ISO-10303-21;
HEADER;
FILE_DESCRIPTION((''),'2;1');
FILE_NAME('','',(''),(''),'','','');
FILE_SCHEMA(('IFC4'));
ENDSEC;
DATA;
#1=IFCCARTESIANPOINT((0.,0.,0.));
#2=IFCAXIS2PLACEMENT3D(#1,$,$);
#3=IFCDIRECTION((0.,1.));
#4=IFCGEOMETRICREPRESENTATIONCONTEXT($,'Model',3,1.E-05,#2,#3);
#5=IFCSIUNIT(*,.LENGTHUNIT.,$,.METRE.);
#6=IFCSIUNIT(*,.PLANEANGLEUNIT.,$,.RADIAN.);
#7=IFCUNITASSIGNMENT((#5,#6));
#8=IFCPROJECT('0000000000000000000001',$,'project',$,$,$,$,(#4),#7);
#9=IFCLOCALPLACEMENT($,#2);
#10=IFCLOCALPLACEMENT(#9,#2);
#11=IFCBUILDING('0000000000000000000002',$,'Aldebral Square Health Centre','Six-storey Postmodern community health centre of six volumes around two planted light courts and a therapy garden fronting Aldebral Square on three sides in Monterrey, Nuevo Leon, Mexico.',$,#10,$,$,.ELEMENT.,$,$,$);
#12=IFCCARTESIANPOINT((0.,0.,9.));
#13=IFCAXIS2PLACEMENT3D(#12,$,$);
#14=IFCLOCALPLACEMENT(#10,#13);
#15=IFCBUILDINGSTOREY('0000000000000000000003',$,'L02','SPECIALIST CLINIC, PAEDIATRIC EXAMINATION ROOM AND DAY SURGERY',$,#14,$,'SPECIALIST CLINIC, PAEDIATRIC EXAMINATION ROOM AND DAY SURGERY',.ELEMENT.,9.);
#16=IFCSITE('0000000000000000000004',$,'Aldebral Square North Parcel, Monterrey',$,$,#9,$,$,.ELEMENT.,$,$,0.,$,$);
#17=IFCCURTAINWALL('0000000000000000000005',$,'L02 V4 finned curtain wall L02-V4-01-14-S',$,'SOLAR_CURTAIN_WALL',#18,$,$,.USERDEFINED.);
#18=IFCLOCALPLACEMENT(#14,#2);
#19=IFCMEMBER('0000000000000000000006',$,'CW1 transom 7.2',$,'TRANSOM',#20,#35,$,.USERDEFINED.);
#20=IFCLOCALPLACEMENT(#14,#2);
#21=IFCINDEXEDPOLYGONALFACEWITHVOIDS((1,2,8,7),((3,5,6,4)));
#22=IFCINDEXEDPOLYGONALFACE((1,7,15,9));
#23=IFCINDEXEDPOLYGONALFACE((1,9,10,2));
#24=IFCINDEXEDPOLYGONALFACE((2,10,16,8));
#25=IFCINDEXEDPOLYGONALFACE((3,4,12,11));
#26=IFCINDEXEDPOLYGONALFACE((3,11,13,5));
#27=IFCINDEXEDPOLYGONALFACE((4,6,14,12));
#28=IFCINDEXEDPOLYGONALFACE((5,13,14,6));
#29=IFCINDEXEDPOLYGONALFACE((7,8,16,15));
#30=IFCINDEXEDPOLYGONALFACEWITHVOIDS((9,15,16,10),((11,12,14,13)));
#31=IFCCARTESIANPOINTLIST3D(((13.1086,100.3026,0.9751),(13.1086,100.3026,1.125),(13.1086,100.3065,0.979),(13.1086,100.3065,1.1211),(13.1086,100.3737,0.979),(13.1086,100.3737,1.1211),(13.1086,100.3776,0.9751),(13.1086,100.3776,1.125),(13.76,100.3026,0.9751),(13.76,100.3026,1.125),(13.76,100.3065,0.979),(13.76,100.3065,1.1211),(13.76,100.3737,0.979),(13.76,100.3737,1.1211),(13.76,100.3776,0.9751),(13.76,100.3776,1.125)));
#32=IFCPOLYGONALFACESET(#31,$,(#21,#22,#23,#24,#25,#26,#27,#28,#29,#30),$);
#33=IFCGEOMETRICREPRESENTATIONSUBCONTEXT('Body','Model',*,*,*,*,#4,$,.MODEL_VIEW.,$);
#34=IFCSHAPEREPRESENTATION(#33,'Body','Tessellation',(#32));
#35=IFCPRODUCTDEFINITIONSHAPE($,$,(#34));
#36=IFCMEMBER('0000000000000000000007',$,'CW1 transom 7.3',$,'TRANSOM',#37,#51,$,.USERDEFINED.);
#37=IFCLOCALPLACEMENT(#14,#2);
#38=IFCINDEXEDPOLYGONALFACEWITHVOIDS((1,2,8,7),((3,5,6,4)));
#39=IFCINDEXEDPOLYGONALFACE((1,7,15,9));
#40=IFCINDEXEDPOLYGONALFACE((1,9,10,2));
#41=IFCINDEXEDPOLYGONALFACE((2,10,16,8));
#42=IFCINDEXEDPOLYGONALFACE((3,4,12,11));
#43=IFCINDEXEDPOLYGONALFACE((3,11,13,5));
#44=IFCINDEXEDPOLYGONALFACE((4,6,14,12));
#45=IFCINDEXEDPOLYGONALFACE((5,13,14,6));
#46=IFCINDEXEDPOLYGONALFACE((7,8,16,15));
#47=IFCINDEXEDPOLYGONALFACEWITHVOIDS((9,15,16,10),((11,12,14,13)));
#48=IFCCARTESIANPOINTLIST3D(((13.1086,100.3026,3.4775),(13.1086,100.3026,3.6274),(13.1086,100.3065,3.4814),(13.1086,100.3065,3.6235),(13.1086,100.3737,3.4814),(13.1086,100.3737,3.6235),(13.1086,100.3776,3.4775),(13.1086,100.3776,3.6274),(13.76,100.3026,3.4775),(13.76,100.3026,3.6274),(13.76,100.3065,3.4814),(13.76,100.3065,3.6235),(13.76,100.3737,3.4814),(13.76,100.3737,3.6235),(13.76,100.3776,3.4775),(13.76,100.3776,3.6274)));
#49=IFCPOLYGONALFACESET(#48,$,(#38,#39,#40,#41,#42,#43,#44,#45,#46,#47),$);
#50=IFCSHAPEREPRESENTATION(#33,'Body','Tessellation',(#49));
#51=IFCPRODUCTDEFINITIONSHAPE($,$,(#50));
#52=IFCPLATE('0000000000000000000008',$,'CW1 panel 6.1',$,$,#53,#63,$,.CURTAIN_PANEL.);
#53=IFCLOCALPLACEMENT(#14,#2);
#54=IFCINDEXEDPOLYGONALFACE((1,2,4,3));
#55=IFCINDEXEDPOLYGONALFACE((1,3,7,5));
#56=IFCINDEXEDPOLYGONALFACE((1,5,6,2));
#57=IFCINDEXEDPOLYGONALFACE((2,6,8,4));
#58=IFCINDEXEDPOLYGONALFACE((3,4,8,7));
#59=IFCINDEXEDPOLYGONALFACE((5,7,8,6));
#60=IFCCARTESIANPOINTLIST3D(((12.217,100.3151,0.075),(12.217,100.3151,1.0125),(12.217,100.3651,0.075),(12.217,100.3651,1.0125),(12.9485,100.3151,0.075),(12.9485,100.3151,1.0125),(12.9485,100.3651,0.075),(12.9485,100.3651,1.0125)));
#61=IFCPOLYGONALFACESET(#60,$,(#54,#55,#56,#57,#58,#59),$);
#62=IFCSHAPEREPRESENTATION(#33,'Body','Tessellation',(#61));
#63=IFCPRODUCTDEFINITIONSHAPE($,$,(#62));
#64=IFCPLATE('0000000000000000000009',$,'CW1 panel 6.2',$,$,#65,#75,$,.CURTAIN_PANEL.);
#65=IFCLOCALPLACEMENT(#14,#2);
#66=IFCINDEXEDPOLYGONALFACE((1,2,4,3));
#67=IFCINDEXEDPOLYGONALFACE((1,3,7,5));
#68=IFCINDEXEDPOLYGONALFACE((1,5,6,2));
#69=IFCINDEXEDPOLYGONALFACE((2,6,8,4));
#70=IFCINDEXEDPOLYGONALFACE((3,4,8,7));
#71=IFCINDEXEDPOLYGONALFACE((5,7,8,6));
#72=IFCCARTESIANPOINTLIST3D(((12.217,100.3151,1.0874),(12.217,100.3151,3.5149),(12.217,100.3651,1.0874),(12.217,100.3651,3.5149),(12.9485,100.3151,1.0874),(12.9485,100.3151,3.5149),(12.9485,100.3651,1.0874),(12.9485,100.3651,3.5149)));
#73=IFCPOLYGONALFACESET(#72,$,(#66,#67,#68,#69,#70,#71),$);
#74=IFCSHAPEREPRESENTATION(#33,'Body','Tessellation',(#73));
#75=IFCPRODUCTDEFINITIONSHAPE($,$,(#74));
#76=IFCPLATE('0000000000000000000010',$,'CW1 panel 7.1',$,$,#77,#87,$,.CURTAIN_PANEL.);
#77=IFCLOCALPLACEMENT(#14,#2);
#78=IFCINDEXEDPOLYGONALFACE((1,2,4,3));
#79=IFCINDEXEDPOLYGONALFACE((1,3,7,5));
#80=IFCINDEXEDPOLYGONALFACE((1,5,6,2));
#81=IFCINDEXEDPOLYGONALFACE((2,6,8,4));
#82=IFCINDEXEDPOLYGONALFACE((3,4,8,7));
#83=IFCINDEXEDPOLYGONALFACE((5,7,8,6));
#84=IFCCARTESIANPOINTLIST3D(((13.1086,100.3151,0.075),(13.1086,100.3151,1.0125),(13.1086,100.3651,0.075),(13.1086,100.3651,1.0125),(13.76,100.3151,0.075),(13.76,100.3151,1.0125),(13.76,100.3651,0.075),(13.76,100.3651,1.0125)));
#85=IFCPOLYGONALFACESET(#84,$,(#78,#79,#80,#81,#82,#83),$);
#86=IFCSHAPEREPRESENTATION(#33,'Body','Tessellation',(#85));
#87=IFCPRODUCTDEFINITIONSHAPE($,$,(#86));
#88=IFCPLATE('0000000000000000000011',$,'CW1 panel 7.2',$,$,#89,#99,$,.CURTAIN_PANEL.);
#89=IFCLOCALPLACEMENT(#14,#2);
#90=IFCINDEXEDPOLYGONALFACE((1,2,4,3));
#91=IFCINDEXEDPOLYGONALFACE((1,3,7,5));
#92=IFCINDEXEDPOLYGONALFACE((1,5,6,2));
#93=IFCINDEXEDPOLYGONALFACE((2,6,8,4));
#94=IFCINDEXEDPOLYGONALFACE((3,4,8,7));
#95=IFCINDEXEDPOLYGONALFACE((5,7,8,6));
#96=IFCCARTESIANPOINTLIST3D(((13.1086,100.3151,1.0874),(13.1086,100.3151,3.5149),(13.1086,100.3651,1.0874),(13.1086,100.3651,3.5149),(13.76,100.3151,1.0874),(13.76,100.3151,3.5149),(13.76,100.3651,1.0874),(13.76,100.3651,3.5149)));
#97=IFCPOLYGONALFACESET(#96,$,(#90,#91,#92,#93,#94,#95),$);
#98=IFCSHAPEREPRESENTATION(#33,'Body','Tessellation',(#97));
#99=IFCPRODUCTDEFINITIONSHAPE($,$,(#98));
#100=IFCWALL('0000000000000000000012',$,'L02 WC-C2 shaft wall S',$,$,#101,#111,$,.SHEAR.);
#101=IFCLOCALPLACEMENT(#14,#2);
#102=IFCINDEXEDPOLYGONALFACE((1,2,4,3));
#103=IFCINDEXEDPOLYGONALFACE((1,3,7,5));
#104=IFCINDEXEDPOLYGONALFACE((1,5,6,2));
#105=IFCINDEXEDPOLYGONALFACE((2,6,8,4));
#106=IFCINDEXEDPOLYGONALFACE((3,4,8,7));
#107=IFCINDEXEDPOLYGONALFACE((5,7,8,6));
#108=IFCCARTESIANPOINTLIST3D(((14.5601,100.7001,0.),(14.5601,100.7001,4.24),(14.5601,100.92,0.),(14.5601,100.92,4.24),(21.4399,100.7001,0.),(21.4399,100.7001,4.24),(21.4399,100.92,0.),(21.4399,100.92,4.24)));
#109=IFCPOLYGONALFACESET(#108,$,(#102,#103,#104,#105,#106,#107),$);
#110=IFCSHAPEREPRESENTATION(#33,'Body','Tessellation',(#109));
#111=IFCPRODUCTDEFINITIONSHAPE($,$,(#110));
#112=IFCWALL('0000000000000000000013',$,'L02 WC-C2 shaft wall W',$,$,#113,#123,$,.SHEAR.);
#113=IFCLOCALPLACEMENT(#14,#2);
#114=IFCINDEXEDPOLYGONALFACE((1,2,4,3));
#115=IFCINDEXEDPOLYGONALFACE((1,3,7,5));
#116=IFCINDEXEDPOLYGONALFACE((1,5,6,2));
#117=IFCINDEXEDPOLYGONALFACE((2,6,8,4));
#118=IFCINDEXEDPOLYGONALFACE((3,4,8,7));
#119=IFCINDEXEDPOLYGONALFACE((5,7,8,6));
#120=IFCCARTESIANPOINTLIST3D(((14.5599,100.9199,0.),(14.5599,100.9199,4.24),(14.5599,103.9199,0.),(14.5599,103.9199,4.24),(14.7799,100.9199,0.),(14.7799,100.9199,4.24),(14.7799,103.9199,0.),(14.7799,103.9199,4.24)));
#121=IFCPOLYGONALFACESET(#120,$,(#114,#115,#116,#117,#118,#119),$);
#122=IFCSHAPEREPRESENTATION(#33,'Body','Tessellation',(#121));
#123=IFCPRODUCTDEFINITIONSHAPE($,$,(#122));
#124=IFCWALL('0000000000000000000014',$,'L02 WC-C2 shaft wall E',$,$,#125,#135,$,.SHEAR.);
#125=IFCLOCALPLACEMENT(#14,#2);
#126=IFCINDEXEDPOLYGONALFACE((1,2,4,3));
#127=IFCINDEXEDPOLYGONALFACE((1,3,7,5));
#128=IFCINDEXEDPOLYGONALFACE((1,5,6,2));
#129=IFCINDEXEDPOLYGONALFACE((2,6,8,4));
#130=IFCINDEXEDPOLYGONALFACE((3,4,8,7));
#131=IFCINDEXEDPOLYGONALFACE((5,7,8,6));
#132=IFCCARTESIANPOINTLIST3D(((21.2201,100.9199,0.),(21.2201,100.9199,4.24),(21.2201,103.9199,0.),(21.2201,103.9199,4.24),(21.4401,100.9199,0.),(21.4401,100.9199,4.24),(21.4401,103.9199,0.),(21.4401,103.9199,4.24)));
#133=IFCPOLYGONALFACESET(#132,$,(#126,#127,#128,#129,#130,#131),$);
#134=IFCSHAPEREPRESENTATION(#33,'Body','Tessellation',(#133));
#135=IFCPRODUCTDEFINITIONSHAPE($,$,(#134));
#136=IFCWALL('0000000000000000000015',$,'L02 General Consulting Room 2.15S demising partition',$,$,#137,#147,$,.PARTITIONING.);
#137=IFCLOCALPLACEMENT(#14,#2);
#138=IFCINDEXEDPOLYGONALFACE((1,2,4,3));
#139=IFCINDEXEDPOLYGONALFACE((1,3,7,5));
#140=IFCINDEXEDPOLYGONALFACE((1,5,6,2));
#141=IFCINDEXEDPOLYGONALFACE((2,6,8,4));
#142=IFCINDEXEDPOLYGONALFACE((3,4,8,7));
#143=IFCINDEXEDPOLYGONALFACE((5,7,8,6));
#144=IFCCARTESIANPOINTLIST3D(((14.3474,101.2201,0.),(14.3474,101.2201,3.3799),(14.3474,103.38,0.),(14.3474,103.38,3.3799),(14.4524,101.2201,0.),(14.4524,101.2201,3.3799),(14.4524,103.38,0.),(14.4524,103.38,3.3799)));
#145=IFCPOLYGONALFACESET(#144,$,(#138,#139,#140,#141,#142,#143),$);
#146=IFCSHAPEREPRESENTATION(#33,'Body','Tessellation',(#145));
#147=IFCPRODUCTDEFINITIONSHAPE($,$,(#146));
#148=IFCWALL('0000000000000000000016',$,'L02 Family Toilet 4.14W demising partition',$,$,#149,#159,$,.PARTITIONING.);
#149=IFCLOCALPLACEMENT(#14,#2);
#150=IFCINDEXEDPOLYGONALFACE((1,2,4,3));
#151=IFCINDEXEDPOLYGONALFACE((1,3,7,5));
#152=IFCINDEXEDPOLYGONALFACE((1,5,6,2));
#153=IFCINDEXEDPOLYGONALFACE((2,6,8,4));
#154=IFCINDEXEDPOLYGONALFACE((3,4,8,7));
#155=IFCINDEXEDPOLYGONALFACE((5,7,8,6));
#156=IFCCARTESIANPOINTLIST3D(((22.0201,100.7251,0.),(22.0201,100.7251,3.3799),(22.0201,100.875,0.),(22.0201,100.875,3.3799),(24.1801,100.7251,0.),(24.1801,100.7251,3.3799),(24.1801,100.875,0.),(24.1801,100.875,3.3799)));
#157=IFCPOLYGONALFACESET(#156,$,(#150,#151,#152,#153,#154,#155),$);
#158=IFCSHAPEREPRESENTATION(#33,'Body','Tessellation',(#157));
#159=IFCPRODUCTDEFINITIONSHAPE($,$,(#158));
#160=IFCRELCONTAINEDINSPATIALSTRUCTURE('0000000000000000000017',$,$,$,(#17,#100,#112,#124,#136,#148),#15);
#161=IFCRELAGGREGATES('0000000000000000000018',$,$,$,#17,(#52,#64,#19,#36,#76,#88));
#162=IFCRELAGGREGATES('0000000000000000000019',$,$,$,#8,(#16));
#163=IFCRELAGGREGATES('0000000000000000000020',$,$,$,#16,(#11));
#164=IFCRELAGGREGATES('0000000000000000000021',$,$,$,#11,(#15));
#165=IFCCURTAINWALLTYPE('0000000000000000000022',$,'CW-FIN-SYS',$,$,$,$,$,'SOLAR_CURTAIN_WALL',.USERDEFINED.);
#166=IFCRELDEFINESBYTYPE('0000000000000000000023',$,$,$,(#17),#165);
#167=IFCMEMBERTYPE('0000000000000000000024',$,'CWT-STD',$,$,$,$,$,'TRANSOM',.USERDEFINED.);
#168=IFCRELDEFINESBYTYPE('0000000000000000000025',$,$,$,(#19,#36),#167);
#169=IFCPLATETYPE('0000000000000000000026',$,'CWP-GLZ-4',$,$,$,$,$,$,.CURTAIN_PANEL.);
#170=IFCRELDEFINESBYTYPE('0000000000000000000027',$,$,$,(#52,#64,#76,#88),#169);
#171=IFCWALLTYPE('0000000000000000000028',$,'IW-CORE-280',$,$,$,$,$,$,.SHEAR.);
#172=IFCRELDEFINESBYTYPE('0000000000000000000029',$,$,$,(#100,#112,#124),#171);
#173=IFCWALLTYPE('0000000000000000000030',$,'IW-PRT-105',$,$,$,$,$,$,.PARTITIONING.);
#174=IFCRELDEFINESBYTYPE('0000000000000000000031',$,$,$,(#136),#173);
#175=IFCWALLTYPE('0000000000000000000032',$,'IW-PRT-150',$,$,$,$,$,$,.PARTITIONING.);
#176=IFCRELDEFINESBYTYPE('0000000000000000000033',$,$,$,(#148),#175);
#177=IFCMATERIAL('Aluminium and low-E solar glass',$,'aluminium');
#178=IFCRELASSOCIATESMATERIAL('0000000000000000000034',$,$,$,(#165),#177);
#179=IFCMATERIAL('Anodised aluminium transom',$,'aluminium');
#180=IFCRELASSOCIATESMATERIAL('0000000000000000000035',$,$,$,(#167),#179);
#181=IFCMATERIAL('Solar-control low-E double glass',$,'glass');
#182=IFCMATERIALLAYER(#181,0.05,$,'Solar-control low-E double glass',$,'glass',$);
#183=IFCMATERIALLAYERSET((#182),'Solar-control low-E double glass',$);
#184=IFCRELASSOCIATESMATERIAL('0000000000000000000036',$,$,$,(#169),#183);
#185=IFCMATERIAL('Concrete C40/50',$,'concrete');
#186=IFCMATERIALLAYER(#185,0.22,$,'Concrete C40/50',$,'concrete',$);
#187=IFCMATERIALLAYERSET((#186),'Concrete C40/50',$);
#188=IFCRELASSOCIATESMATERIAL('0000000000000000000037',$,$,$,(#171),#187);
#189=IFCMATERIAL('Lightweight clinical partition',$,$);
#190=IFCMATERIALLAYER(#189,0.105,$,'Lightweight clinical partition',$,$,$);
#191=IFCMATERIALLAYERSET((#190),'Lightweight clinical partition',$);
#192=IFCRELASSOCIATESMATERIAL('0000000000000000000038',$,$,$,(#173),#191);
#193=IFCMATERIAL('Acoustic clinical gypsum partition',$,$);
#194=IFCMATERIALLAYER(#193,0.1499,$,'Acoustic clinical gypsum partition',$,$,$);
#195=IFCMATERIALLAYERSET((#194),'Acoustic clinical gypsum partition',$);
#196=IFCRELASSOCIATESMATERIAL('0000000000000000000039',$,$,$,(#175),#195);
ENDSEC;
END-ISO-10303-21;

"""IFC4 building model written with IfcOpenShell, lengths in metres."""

from ifc_helpers import new_model, si_unit, direction, frame, frame_2d, origin, origin_2d, place, context, subcontext, project, spatial, rectangle, hollow_rectangle, extrude, material, layer, layer_set, material_profile, profile_set, type_object, element, aggregate, save


model = new_model("IFC4")

# Units and contexts
model_context = context("Model", 3, precision=1e-05, world=origin(), true_north=direction((0.0, 1.0)))
body_context = subcontext(model_context, "Body", "Model", "MODEL_VIEW")
ifc_project = project(units=[si_unit("LENGTHUNIT", "METRE"), si_unit("PLANEANGLEUNIT", "RADIAN")], contexts=[model_context])

# Site, building, storey
site_placement = place(None, origin())
site = spatial("IfcSite", under=ifc_project, at=site_placement, Name="Aldebral Square North Parcel, Monterrey", CompositionType="ELEMENT", RefElevation=0.0)
building_placement = place(site_placement, origin())
building = spatial("IfcBuilding", under=site, at=building_placement, Name="Aldebral Square Health Centre", Description="Six-storey Postmodern community health centre of six volumes around two planted light courts and a therapy garden fronting Aldebral Square on three sides in Monterrey, Nuevo Leon, Mexico.", CompositionType="ELEMENT")
storey_placement = place(building_placement, frame((0.0, 0.0, 9.0)))
storey = spatial("IfcBuildingStorey", under=building, at=storey_placement, Name="L02", Description="SPECIALIST CLINIC, PAEDIATRIC EXAMINATION ROOM AND DAY SURGERY", LongName="SPECIALIST CLINIC, PAEDIATRIC EXAMINATION ROOM AND DAY SURGERY", CompositionType="ELEMENT", Elevation=9.0)

# Shared definitions
ifc_material_1 = material(Name="Concrete C40/50", Category="concrete")

# Curtain wall, members, plates
ifc_material_2 = material(Name="Aluminium and low-E solar glass", Category="aluminium")
curtain_wall_type = type_object("IfcCurtainWallType", Name="CW-FIN-SYS", ElementType="SOLAR_CURTAIN_WALL", PredefinedType="USERDEFINED", material=ifc_material_2)
curtain_wall_placement = place(storey_placement, origin())
curtain_wall = element("IfcCurtainWall", 1, at=curtain_wall_placement, inside=storey, type_object=curtain_wall_type, Name="L02 V4 finned curtain wall L02-V4-01-14-S", ObjectType="SOLAR_CURTAIN_WALL", PredefinedType="USERDEFINED")
ifc_material_3 = material(Name="Anodised aluminium transom", Category="aluminium")
ifc_material_profile_1 = material_profile(ifc_material_3, hollow_rectangle(XDim=0.075, YDim=0.1499, WallThickness=0.0039, at=origin_2d()), Name="CWT 75x150x4")
ifc_profile_set_1 = profile_set([ifc_material_profile_1], Name="Anodised aluminium transom")
member_type_1 = type_object("IfcMemberType", Name="CWT-STD", ElementType="TRANSOM", PredefinedType="USERDEFINED", material=ifc_profile_set_1)
member_1_placement = place(storey_placement, frame((13.1086, 100.3401, 1.05), z_axis=(1.0, 0.0, 0.0), x_axis=(0.0, 1.0, 0.0)))
member_1 = element("IfcMember", 2, at=member_1_placement, type_object=member_type_1, Name="CW1 transom 7.2", ObjectType="TRANSOM", PredefinedType="USERDEFINED", context=body_context, shape_type="SweptSolid", body=[
    extrude(hollow_rectangle(XDim=0.075, YDim=0.1499, WallThickness=0.0039, at=origin_2d()), origin(), (0.0, 0.0, 1.0), 0.6514),
])
member_2_placement = place(storey_placement, frame((13.1086, 100.3401, 3.5525), z_axis=(1.0, 0.0, 0.0), x_axis=(0.0, 1.0, 0.0)))
member_2 = element("IfcMember", 3, at=member_2_placement, type_object=member_type_1, Name="CW1 transom 7.3", ObjectType="TRANSOM", PredefinedType="USERDEFINED", context=body_context, shape_type="SweptSolid", body=[
    extrude(hollow_rectangle(XDim=0.075, YDim=0.1499, WallThickness=0.0039, at=origin_2d()), origin(), (0.0, 0.0, 1.0), 0.6514),
])
ifc_material_4 = material(Name="Solar-control low-E double glass", Category="glass")
ifc_layer_1 = layer(ifc_material_4, 0.05, Name="Solar-control low-E double glass", Category="glass")
ifc_layer_set_1 = layer_set([ifc_layer_1], Name="Solar-control low-E double glass")
plate_type = type_object("IfcPlateType", Name="CWP-GLZ-4", PredefinedType="CURTAIN_PANEL", material=ifc_layer_set_1)
plate_1_placement = place(storey_placement, frame((12.5828, 100.3401, 0.075), z_axis=(0.0, 0.0, 1.0), x_axis=(1.0, 0.0, 0.0)))
plate_1 = element("IfcPlate", 4, at=plate_1_placement, type_object=plate_type, Name="CW1 panel 6.1", PredefinedType="CURTAIN_PANEL", context=body_context, shape_type="SweptSolid", body=[
    extrude(rectangle(XDim=0.7314, YDim=0.05, at=origin_2d()), origin(), (0.0, 0.0, 1.0), 0.9375),
])
plate_2_placement = place(storey_placement, frame((12.5828, 100.3401, 1.0874), z_axis=(0.0, 0.0, 1.0), x_axis=(1.0, 0.0, 0.0)))
plate_2 = element("IfcPlate", 5, at=plate_2_placement, type_object=plate_type, Name="CW1 panel 6.2", PredefinedType="CURTAIN_PANEL", context=body_context, shape_type="SweptSolid", body=[
    extrude(rectangle(XDim=0.7314, YDim=0.05, at=origin_2d()), origin(), (0.0, 0.0, 1.0), 2.4275),
])
plate_3_placement = place(storey_placement, frame((13.4343, 100.3401, 0.075), z_axis=(0.0, 0.0, 1.0), x_axis=(1.0, 0.0, 0.0)))
plate_3 = element("IfcPlate", 6, at=plate_3_placement, type_object=plate_type, Name="CW1 panel 7.1", PredefinedType="CURTAIN_PANEL", context=body_context, shape_type="SweptSolid", body=[
    extrude(rectangle(XDim=0.6514, YDim=0.05, at=origin_2d()), origin(), (0.0, 0.0, 1.0), 0.9375),
])
plate_4_placement = place(storey_placement, frame((13.4343, 100.3401, 1.0874), z_axis=(0.0, 0.0, 1.0), x_axis=(1.0, 0.0, 0.0)))
plate_4 = element("IfcPlate", 7, at=plate_4_placement, type_object=plate_type, Name="CW1 panel 7.2", PredefinedType="CURTAIN_PANEL", context=body_context, shape_type="SweptSolid", body=[
    extrude(rectangle(XDim=0.6514, YDim=0.05, at=origin_2d()), origin(), (0.0, 0.0, 1.0), 2.4275),
])
aggregate(curtain_wall, [plate_1, plate_2, member_1, member_2, plate_3, plate_4])

# Walls
ifc_layer_2 = layer(ifc_material_1, 0.22, Name="Concrete C40/50", Category="concrete")
ifc_layer_set_2 = layer_set([ifc_layer_2], Name="Concrete C40/50")
wall_type_1 = type_object("IfcWallType", Name="IW-CORE-280", PredefinedType="SHEAR", material=ifc_layer_set_2)
wall_1_placement = place(storey_placement, frame((14.5601, 100.8101, 0.0), z_axis=(0.0, 0.0, 1.0), x_axis=(1.0, 0.0, 0.0)))
element("IfcWall", 8, at=wall_1_placement, inside=storey, type_object=wall_type_1, Name="L02 WC-C2 shaft wall S", PredefinedType="SHEAR", context=body_context, shape_type="SweptSolid", body=[
    extrude(rectangle(XDim=6.8799, YDim=0.22, at=frame_2d((3.4399, 0.0))), origin(), (0.0, 0.0, 1.0), 4.24),
])
for number, where, z_axis, x_axis, name in (
    (9, (14.6699, 100.9199, 0.0), (0.0, 0.0, 1.0), (0.0, 1.0, 0.0), "L02 WC-C2 shaft wall W"),
    (10, (21.3301, 100.9199, 0.0), (0.0, 0.0, 1.0), (0.0, 1.0, 0.0), "L02 WC-C2 shaft wall E"),
):
    element("IfcWall", number, at=place(storey_placement, frame(where, z_axis=z_axis, x_axis=x_axis)), inside=storey, type_object=wall_type_1, Name=name, PredefinedType="SHEAR", context=body_context, shape_type="SweptSolid", body=[
        extrude(rectangle(XDim=3.0, YDim=0.22, at=frame_2d((1.5, 0.0))), origin(), (0.0, 0.0, 1.0), 4.24),
    ])
ifc_material_5 = material(Name="Lightweight clinical partition")
ifc_layer_3 = layer(ifc_material_5, 0.105, Name="Lightweight clinical partition")
ifc_layer_set_3 = layer_set([ifc_layer_3], Name="Lightweight clinical partition")
wall_type_2 = type_object("IfcWallType", Name="IW-PRT-105", PredefinedType="PARTITIONING", material=ifc_layer_set_3)
wall_2_placement = place(storey_placement, frame((14.3999, 101.22, 0.0), z_axis=(0.0, 0.0, 1.0), x_axis=(0.0, 1.0, 0.0)))
element("IfcWall", 11, at=wall_2_placement, inside=storey, type_object=wall_type_2, Name="L02 General Consulting Room 2.15S demising partition", PredefinedType="PARTITIONING", context=body_context, shape_type="SweptSolid", body=[
    extrude(rectangle(XDim=2.1599, YDim=0.105, at=frame_2d((1.0801, 0.0))), origin(), (0.0, 0.0, 1.0), 3.3799),
])
ifc_material_6 = material(Name="Acoustic clinical gypsum partition")
ifc_layer_4 = layer(ifc_material_6, 0.1499, Name="Acoustic clinical gypsum partition")
ifc_layer_set_4 = layer_set([ifc_layer_4], Name="Acoustic clinical gypsum partition")
wall_type_3 = type_object("IfcWallType", Name="IW-PRT-150", PredefinedType="PARTITIONING", material=ifc_layer_set_4)
wall_3_placement = place(storey_placement, frame((22.02, 100.8, 0.0), z_axis=(0.0, 0.0, 1.0), x_axis=(1.0, 0.0, 0.0)))
element("IfcWall", 12, at=wall_3_placement, inside=storey, type_object=wall_type_3, Name="L02 Family Toilet 4.14W demising partition", PredefinedType="PARTITIONING", context=body_context, shape_type="SweptSolid", body=[
    extrude(rectangle(XDim=2.1599, YDim=0.1499, at=frame_2d((1.0801, 0.0))), origin(), (0.0, 0.0, 1.0), 3.3799),
])

save(model, "model.ifc")
